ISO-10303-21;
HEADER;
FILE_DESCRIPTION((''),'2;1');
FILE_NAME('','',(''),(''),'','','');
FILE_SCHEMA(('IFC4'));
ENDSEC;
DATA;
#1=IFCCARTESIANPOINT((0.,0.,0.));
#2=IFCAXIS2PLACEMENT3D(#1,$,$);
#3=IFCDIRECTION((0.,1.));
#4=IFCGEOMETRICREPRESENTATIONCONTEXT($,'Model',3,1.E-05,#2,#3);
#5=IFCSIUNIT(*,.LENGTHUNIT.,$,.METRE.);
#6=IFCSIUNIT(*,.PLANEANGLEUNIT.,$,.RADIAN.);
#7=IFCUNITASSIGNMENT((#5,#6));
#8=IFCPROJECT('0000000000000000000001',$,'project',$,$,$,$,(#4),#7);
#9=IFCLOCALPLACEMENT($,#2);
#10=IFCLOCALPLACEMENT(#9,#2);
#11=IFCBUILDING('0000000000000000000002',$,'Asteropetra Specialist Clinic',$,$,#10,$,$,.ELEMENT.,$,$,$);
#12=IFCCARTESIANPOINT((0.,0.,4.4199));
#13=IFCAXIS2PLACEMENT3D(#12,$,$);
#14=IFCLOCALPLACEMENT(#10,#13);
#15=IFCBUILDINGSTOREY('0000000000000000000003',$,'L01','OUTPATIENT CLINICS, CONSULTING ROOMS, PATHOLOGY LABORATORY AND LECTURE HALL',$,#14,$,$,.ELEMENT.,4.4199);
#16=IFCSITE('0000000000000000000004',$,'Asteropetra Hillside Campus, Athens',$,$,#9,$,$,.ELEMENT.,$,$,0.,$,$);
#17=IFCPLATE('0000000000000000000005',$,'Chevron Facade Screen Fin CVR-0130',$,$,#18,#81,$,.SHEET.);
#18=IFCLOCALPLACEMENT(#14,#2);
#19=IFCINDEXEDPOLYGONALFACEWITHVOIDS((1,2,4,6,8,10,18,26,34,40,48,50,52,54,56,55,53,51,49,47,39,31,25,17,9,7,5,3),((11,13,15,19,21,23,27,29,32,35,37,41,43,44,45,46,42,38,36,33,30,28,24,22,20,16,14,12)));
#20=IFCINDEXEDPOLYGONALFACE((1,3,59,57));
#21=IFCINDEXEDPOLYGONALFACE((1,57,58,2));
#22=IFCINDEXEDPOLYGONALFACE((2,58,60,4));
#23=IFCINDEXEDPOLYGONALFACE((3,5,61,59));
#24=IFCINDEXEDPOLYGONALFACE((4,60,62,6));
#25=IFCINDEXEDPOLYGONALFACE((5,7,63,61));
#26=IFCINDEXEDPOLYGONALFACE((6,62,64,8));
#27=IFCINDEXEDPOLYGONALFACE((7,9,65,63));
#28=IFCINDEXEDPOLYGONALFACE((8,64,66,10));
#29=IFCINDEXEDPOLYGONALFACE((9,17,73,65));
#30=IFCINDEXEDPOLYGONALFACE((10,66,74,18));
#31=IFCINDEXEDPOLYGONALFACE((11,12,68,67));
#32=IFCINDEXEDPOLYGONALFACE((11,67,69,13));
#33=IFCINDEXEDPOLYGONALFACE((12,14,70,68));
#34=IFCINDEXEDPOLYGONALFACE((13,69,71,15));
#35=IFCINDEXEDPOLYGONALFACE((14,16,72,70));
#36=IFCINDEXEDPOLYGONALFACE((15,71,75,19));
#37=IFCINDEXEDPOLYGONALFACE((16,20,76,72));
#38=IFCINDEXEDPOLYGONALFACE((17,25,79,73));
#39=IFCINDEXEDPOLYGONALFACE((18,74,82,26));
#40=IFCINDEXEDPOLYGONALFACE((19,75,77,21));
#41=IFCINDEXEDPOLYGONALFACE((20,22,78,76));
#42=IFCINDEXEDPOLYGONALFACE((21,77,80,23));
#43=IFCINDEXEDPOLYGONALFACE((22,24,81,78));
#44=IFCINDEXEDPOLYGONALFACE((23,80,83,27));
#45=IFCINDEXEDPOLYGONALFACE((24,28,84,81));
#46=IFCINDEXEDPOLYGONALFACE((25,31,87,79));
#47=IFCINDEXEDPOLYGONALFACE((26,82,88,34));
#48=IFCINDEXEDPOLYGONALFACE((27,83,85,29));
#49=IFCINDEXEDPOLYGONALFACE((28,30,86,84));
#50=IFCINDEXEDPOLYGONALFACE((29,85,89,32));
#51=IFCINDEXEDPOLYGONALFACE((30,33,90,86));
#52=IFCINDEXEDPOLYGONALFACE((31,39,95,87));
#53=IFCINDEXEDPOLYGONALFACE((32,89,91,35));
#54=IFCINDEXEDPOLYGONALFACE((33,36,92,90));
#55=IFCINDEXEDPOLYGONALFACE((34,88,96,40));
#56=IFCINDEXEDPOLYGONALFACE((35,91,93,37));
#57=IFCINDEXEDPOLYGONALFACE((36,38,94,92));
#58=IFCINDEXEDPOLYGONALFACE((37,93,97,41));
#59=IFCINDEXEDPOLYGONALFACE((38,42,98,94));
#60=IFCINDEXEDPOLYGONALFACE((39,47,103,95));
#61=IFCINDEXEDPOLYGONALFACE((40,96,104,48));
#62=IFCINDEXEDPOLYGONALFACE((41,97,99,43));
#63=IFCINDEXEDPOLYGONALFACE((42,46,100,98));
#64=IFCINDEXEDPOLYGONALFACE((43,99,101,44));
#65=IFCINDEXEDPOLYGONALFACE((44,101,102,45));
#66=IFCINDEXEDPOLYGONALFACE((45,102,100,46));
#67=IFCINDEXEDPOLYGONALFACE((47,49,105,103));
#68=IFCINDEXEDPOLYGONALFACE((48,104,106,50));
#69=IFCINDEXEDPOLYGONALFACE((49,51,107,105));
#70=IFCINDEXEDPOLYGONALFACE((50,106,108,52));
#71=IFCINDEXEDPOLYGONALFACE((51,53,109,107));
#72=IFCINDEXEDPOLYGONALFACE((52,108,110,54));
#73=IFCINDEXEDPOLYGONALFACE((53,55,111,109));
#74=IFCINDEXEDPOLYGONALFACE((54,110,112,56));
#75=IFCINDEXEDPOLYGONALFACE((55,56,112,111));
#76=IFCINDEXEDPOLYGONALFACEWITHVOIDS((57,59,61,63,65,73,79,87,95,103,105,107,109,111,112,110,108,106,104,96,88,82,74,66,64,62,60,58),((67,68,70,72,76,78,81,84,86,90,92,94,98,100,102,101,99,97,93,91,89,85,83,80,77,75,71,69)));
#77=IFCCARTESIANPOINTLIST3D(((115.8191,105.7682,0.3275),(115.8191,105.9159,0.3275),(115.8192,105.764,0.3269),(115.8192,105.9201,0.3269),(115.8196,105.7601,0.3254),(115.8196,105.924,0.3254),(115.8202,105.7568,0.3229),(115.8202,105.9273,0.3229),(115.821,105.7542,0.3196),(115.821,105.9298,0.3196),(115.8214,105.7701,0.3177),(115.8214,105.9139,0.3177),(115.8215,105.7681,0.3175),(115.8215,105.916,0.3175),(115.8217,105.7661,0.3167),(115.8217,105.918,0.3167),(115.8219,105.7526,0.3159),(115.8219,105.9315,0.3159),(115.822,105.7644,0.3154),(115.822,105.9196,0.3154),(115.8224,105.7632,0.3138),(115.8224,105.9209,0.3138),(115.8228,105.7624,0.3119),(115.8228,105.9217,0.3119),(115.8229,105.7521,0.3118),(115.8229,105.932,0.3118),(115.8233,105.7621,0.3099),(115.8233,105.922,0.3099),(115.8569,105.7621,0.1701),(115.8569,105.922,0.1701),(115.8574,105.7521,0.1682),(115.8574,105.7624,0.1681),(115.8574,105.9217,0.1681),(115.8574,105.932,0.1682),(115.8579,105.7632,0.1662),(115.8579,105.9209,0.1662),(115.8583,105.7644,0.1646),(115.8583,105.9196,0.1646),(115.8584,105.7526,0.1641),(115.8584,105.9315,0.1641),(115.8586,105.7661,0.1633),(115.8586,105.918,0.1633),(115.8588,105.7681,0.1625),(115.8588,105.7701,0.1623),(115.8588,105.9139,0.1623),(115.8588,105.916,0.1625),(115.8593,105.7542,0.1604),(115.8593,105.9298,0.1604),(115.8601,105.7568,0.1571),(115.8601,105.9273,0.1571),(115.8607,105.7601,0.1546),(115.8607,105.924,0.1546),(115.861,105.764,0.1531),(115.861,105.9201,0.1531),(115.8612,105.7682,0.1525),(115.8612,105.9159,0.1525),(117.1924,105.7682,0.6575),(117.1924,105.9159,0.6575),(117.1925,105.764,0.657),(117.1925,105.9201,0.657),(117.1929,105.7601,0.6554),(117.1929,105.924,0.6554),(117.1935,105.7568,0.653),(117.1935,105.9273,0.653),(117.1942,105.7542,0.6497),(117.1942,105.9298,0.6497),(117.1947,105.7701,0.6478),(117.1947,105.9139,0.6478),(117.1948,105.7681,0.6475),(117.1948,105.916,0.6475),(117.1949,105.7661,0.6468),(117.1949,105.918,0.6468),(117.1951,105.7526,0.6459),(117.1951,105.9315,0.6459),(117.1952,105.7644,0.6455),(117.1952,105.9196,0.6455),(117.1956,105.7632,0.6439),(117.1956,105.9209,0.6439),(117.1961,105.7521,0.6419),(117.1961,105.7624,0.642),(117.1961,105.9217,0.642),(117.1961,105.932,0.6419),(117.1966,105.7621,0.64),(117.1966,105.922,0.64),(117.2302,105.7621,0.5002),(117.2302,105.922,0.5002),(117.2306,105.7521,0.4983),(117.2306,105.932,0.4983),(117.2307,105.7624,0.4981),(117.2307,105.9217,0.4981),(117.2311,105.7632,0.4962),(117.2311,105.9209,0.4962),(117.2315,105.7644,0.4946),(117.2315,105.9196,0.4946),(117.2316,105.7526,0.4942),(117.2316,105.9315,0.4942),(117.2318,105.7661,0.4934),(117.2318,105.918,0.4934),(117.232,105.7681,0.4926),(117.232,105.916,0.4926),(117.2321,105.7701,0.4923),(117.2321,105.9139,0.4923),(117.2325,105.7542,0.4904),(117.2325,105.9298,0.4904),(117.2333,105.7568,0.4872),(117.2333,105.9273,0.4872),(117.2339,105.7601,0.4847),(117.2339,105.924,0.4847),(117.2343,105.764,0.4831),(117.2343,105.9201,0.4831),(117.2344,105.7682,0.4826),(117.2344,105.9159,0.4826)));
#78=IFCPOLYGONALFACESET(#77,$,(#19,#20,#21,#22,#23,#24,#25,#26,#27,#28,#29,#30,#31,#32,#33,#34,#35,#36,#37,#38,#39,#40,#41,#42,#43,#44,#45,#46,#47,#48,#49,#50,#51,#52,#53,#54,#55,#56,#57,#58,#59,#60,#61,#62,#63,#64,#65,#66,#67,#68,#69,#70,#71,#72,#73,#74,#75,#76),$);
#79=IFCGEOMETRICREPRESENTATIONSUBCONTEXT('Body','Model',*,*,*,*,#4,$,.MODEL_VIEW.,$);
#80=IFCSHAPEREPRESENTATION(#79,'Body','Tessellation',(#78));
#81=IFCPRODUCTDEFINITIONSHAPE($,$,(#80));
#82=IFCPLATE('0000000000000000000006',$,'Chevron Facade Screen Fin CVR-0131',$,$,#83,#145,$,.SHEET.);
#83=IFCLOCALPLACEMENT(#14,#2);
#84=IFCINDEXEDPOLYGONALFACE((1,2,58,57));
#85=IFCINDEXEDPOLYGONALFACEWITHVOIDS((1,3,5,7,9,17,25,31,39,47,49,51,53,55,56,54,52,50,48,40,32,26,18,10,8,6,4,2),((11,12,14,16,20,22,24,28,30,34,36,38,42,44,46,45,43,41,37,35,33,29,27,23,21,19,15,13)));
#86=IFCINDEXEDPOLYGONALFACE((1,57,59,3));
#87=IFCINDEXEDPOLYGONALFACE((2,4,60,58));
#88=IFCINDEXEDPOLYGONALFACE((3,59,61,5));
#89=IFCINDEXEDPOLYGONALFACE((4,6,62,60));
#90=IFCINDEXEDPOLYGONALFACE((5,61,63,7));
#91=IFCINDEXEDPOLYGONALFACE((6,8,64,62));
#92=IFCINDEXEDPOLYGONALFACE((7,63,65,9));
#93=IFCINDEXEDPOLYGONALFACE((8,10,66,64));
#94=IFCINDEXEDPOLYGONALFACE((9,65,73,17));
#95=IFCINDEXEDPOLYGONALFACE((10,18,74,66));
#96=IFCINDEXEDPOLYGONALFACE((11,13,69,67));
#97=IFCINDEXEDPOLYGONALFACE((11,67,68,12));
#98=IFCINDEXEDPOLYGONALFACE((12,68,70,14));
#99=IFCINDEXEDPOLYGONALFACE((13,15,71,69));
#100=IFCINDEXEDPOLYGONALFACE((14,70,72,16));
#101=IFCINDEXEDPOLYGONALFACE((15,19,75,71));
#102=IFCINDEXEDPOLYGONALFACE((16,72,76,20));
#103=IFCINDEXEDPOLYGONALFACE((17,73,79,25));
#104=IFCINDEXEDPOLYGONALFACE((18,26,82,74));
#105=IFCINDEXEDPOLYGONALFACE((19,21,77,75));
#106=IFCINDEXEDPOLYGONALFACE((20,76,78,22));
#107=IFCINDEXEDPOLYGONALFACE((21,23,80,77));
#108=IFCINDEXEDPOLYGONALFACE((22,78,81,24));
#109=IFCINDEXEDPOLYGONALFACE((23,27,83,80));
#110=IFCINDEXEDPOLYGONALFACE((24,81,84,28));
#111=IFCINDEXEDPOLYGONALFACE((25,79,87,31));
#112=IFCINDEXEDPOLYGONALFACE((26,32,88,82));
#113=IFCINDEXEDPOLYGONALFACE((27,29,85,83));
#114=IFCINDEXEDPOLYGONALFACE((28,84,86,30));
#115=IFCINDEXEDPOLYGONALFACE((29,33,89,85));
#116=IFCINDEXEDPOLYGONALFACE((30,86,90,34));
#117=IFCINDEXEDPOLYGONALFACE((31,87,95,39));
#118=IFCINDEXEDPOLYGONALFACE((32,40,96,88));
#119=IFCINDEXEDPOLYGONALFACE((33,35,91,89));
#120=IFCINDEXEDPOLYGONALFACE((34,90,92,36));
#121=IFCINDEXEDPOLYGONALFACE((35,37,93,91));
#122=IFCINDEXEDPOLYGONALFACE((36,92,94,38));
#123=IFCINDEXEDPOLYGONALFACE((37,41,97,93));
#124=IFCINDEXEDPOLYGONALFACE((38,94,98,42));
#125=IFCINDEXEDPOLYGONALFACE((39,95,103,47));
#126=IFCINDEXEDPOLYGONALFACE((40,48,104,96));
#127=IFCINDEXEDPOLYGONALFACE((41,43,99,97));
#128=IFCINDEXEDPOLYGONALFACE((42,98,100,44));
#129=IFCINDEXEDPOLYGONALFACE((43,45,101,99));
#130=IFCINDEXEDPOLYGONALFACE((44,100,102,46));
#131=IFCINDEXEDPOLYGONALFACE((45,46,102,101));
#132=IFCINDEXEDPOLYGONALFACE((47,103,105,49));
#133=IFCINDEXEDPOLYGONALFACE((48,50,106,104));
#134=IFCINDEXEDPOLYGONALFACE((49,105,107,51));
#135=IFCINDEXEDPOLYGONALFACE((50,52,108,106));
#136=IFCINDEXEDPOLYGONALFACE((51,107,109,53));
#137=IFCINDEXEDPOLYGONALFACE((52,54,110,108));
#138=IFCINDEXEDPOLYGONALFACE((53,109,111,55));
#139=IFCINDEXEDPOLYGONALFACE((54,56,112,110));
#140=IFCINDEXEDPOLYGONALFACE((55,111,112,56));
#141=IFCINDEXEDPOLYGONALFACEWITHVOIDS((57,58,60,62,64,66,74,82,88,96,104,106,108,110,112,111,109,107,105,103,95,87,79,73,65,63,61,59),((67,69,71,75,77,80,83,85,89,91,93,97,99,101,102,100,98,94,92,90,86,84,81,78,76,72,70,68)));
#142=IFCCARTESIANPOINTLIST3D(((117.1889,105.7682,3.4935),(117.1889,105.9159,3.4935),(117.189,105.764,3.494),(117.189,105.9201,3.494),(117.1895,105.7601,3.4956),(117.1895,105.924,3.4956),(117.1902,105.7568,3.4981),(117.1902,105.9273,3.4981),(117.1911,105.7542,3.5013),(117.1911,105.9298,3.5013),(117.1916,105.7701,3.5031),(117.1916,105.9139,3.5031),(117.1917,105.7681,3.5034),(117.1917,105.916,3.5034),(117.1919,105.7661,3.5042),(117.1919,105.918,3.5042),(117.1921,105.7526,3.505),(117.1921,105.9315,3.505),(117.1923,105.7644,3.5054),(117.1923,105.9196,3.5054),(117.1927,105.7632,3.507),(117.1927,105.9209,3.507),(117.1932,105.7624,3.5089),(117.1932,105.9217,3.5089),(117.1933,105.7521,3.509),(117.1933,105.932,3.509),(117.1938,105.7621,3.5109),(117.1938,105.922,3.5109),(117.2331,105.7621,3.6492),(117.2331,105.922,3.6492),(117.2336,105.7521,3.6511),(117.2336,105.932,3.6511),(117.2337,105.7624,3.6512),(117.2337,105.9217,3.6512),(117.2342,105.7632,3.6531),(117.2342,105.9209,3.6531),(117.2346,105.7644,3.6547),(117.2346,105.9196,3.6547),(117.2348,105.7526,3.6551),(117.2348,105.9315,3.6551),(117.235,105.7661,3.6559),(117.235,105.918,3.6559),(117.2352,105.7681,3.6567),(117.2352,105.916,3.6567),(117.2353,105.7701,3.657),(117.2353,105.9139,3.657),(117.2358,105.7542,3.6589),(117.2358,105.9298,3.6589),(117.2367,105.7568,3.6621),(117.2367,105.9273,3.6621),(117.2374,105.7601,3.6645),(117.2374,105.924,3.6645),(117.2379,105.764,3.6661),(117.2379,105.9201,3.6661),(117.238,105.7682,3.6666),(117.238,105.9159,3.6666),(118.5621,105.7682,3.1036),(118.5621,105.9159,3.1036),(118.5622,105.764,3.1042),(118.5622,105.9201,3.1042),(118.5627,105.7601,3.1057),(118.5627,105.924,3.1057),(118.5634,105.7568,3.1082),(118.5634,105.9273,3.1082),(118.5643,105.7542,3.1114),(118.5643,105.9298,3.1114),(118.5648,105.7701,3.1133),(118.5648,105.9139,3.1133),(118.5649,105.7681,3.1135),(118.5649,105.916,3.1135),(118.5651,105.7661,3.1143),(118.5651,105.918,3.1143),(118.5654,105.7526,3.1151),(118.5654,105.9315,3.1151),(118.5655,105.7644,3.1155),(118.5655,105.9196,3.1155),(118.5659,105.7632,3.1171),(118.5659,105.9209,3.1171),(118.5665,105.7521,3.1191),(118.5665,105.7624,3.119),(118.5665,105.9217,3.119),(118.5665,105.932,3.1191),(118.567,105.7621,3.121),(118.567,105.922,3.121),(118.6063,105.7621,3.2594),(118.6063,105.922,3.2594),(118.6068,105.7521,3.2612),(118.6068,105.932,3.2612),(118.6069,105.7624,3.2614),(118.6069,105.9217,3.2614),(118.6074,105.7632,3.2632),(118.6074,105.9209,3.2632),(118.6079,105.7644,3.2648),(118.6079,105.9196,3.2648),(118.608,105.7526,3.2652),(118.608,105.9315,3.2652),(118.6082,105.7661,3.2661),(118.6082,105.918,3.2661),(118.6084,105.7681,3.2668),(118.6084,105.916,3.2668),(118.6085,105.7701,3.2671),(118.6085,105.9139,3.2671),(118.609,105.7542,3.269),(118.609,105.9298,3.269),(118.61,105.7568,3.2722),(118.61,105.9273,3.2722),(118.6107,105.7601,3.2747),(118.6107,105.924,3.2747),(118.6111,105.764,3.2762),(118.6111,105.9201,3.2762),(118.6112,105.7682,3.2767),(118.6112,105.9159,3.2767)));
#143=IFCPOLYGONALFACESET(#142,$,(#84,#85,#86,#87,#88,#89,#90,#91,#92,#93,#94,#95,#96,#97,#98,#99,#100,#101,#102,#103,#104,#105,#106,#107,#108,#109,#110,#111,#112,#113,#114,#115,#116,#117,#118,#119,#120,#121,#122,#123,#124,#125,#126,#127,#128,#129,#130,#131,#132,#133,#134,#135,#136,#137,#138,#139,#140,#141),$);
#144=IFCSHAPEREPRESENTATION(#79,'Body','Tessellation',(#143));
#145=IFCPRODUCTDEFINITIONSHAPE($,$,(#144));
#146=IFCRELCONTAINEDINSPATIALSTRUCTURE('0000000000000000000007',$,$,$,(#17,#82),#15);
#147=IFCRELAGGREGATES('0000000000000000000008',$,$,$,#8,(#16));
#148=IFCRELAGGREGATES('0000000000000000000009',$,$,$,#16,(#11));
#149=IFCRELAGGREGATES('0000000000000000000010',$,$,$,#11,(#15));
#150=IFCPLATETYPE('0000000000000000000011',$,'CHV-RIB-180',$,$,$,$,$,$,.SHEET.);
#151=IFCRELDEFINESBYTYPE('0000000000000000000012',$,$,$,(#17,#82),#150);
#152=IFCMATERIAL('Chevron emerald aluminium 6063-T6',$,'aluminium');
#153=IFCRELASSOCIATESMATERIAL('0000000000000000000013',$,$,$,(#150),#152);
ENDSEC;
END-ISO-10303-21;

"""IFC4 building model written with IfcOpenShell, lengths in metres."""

from ifc_helpers import new_model, si_unit, direction, frame, origin, origin_2d, place, context, subcontext, project, spatial, hollow_rectangle, extrude, material, material_profile, profile_set, type_object, element, save


model = new_model("IFC4")

# Units and contexts
model_context = context("Model", 3, precision=1e-05, world=origin(), true_north=direction((0.0, 1.0)))
body_context = subcontext(model_context, "Body", "Model", "MODEL_VIEW")
ifc_project = project(units=[si_unit("LENGTHUNIT", "METRE"), si_unit("PLANEANGLEUNIT", "RADIAN")], contexts=[model_context])

# Site, building, storey
site_placement = place(None, origin())
site = spatial("IfcSite", under=ifc_project, at=site_placement, Name="Asteropetra Hillside Campus, Athens", CompositionType="ELEMENT", RefElevation=0.0)
building_placement = place(site_placement, origin())
building = spatial("IfcBuilding", under=site, at=building_placement, Name="Asteropetra Specialist Clinic", CompositionType="ELEMENT")
storey_placement = place(building_placement, frame((0.0, 0.0, 4.4199)))
storey = spatial("IfcBuildingStorey", under=building, at=storey_placement, Name="L01", Description="OUTPATIENT CLINICS, CONSULTING ROOMS, PATHOLOGY LABORATORY AND LECTURE HALL", CompositionType="ELEMENT", Elevation=4.4199)

# Plates
ifc_material_1 = material(Name="Chevron emerald aluminium 6063-T6", Category="aluminium")
ifc_material_profile_1 = material_profile(ifc_material_1, hollow_rectangle(XDim=0.1799, YDim=0.1799, WallThickness=0.01, InnerFilletRadius=0.0081, OuterFilletRadius=0.0161, at=origin_2d()), Name="SHS 180x180x10.0")
ifc_profile_set_1 = profile_set([ifc_material_profile_1], Name="Chevron emerald aluminium 6063-T6")
plate_type = type_object("IfcPlateType", Name="CHV-RIB-180", PredefinedType="SHEET", material=ifc_profile_set_1)
for number, where, z_axis, x_axis, name in (
    (1, (117.2134, 105.842, 0.5701), (-0.972309, 0.0, -0.2337), (0.0, -1.0, 0.0), "Chevron Facade Screen Fin CVR-0130"),
):
    element("IfcPlate", number, at=place(storey_placement, frame(where, z_axis=z_axis, x_axis=x_axis)), inside=storey, type_object=plate_type, Name=name, PredefinedType="SHEET", context=body_context, shape_type="SweptSolid", body=[
        extrude(hollow_rectangle(XDim=0.1799, YDim=0.1799, WallThickness=0.01, InnerFilletRadius=0.0081, OuterFilletRadius=0.0161, at=origin_2d()), origin(), (0.0, 0.0, 1.0), 1.4124),
    ])
for number, where, z_axis, x_axis, name in (
    (2, (118.5867, 105.842, 3.1902), (-0.961981, 0.0, 0.273117), (0.0, -1.0, 0.0), "Chevron Facade Screen Fin CVR-0131"),
):
    element("IfcPlate", number, at=place(storey_placement, frame(where, z_axis=z_axis, x_axis=x_axis)), inside=storey, type_object=plate_type, Name=name, PredefinedType="SHEET", context=body_context, shape_type="SweptSolid", body=[
        extrude(hollow_rectangle(XDim=0.1799, YDim=0.1799, WallThickness=0.01, InnerFilletRadius=0.0081, OuterFilletRadius=0.0161, at=origin_2d()), origin(), (0.0, 0.0, 1.0), 1.4275),
    ])

save(model, "model.ifc")
